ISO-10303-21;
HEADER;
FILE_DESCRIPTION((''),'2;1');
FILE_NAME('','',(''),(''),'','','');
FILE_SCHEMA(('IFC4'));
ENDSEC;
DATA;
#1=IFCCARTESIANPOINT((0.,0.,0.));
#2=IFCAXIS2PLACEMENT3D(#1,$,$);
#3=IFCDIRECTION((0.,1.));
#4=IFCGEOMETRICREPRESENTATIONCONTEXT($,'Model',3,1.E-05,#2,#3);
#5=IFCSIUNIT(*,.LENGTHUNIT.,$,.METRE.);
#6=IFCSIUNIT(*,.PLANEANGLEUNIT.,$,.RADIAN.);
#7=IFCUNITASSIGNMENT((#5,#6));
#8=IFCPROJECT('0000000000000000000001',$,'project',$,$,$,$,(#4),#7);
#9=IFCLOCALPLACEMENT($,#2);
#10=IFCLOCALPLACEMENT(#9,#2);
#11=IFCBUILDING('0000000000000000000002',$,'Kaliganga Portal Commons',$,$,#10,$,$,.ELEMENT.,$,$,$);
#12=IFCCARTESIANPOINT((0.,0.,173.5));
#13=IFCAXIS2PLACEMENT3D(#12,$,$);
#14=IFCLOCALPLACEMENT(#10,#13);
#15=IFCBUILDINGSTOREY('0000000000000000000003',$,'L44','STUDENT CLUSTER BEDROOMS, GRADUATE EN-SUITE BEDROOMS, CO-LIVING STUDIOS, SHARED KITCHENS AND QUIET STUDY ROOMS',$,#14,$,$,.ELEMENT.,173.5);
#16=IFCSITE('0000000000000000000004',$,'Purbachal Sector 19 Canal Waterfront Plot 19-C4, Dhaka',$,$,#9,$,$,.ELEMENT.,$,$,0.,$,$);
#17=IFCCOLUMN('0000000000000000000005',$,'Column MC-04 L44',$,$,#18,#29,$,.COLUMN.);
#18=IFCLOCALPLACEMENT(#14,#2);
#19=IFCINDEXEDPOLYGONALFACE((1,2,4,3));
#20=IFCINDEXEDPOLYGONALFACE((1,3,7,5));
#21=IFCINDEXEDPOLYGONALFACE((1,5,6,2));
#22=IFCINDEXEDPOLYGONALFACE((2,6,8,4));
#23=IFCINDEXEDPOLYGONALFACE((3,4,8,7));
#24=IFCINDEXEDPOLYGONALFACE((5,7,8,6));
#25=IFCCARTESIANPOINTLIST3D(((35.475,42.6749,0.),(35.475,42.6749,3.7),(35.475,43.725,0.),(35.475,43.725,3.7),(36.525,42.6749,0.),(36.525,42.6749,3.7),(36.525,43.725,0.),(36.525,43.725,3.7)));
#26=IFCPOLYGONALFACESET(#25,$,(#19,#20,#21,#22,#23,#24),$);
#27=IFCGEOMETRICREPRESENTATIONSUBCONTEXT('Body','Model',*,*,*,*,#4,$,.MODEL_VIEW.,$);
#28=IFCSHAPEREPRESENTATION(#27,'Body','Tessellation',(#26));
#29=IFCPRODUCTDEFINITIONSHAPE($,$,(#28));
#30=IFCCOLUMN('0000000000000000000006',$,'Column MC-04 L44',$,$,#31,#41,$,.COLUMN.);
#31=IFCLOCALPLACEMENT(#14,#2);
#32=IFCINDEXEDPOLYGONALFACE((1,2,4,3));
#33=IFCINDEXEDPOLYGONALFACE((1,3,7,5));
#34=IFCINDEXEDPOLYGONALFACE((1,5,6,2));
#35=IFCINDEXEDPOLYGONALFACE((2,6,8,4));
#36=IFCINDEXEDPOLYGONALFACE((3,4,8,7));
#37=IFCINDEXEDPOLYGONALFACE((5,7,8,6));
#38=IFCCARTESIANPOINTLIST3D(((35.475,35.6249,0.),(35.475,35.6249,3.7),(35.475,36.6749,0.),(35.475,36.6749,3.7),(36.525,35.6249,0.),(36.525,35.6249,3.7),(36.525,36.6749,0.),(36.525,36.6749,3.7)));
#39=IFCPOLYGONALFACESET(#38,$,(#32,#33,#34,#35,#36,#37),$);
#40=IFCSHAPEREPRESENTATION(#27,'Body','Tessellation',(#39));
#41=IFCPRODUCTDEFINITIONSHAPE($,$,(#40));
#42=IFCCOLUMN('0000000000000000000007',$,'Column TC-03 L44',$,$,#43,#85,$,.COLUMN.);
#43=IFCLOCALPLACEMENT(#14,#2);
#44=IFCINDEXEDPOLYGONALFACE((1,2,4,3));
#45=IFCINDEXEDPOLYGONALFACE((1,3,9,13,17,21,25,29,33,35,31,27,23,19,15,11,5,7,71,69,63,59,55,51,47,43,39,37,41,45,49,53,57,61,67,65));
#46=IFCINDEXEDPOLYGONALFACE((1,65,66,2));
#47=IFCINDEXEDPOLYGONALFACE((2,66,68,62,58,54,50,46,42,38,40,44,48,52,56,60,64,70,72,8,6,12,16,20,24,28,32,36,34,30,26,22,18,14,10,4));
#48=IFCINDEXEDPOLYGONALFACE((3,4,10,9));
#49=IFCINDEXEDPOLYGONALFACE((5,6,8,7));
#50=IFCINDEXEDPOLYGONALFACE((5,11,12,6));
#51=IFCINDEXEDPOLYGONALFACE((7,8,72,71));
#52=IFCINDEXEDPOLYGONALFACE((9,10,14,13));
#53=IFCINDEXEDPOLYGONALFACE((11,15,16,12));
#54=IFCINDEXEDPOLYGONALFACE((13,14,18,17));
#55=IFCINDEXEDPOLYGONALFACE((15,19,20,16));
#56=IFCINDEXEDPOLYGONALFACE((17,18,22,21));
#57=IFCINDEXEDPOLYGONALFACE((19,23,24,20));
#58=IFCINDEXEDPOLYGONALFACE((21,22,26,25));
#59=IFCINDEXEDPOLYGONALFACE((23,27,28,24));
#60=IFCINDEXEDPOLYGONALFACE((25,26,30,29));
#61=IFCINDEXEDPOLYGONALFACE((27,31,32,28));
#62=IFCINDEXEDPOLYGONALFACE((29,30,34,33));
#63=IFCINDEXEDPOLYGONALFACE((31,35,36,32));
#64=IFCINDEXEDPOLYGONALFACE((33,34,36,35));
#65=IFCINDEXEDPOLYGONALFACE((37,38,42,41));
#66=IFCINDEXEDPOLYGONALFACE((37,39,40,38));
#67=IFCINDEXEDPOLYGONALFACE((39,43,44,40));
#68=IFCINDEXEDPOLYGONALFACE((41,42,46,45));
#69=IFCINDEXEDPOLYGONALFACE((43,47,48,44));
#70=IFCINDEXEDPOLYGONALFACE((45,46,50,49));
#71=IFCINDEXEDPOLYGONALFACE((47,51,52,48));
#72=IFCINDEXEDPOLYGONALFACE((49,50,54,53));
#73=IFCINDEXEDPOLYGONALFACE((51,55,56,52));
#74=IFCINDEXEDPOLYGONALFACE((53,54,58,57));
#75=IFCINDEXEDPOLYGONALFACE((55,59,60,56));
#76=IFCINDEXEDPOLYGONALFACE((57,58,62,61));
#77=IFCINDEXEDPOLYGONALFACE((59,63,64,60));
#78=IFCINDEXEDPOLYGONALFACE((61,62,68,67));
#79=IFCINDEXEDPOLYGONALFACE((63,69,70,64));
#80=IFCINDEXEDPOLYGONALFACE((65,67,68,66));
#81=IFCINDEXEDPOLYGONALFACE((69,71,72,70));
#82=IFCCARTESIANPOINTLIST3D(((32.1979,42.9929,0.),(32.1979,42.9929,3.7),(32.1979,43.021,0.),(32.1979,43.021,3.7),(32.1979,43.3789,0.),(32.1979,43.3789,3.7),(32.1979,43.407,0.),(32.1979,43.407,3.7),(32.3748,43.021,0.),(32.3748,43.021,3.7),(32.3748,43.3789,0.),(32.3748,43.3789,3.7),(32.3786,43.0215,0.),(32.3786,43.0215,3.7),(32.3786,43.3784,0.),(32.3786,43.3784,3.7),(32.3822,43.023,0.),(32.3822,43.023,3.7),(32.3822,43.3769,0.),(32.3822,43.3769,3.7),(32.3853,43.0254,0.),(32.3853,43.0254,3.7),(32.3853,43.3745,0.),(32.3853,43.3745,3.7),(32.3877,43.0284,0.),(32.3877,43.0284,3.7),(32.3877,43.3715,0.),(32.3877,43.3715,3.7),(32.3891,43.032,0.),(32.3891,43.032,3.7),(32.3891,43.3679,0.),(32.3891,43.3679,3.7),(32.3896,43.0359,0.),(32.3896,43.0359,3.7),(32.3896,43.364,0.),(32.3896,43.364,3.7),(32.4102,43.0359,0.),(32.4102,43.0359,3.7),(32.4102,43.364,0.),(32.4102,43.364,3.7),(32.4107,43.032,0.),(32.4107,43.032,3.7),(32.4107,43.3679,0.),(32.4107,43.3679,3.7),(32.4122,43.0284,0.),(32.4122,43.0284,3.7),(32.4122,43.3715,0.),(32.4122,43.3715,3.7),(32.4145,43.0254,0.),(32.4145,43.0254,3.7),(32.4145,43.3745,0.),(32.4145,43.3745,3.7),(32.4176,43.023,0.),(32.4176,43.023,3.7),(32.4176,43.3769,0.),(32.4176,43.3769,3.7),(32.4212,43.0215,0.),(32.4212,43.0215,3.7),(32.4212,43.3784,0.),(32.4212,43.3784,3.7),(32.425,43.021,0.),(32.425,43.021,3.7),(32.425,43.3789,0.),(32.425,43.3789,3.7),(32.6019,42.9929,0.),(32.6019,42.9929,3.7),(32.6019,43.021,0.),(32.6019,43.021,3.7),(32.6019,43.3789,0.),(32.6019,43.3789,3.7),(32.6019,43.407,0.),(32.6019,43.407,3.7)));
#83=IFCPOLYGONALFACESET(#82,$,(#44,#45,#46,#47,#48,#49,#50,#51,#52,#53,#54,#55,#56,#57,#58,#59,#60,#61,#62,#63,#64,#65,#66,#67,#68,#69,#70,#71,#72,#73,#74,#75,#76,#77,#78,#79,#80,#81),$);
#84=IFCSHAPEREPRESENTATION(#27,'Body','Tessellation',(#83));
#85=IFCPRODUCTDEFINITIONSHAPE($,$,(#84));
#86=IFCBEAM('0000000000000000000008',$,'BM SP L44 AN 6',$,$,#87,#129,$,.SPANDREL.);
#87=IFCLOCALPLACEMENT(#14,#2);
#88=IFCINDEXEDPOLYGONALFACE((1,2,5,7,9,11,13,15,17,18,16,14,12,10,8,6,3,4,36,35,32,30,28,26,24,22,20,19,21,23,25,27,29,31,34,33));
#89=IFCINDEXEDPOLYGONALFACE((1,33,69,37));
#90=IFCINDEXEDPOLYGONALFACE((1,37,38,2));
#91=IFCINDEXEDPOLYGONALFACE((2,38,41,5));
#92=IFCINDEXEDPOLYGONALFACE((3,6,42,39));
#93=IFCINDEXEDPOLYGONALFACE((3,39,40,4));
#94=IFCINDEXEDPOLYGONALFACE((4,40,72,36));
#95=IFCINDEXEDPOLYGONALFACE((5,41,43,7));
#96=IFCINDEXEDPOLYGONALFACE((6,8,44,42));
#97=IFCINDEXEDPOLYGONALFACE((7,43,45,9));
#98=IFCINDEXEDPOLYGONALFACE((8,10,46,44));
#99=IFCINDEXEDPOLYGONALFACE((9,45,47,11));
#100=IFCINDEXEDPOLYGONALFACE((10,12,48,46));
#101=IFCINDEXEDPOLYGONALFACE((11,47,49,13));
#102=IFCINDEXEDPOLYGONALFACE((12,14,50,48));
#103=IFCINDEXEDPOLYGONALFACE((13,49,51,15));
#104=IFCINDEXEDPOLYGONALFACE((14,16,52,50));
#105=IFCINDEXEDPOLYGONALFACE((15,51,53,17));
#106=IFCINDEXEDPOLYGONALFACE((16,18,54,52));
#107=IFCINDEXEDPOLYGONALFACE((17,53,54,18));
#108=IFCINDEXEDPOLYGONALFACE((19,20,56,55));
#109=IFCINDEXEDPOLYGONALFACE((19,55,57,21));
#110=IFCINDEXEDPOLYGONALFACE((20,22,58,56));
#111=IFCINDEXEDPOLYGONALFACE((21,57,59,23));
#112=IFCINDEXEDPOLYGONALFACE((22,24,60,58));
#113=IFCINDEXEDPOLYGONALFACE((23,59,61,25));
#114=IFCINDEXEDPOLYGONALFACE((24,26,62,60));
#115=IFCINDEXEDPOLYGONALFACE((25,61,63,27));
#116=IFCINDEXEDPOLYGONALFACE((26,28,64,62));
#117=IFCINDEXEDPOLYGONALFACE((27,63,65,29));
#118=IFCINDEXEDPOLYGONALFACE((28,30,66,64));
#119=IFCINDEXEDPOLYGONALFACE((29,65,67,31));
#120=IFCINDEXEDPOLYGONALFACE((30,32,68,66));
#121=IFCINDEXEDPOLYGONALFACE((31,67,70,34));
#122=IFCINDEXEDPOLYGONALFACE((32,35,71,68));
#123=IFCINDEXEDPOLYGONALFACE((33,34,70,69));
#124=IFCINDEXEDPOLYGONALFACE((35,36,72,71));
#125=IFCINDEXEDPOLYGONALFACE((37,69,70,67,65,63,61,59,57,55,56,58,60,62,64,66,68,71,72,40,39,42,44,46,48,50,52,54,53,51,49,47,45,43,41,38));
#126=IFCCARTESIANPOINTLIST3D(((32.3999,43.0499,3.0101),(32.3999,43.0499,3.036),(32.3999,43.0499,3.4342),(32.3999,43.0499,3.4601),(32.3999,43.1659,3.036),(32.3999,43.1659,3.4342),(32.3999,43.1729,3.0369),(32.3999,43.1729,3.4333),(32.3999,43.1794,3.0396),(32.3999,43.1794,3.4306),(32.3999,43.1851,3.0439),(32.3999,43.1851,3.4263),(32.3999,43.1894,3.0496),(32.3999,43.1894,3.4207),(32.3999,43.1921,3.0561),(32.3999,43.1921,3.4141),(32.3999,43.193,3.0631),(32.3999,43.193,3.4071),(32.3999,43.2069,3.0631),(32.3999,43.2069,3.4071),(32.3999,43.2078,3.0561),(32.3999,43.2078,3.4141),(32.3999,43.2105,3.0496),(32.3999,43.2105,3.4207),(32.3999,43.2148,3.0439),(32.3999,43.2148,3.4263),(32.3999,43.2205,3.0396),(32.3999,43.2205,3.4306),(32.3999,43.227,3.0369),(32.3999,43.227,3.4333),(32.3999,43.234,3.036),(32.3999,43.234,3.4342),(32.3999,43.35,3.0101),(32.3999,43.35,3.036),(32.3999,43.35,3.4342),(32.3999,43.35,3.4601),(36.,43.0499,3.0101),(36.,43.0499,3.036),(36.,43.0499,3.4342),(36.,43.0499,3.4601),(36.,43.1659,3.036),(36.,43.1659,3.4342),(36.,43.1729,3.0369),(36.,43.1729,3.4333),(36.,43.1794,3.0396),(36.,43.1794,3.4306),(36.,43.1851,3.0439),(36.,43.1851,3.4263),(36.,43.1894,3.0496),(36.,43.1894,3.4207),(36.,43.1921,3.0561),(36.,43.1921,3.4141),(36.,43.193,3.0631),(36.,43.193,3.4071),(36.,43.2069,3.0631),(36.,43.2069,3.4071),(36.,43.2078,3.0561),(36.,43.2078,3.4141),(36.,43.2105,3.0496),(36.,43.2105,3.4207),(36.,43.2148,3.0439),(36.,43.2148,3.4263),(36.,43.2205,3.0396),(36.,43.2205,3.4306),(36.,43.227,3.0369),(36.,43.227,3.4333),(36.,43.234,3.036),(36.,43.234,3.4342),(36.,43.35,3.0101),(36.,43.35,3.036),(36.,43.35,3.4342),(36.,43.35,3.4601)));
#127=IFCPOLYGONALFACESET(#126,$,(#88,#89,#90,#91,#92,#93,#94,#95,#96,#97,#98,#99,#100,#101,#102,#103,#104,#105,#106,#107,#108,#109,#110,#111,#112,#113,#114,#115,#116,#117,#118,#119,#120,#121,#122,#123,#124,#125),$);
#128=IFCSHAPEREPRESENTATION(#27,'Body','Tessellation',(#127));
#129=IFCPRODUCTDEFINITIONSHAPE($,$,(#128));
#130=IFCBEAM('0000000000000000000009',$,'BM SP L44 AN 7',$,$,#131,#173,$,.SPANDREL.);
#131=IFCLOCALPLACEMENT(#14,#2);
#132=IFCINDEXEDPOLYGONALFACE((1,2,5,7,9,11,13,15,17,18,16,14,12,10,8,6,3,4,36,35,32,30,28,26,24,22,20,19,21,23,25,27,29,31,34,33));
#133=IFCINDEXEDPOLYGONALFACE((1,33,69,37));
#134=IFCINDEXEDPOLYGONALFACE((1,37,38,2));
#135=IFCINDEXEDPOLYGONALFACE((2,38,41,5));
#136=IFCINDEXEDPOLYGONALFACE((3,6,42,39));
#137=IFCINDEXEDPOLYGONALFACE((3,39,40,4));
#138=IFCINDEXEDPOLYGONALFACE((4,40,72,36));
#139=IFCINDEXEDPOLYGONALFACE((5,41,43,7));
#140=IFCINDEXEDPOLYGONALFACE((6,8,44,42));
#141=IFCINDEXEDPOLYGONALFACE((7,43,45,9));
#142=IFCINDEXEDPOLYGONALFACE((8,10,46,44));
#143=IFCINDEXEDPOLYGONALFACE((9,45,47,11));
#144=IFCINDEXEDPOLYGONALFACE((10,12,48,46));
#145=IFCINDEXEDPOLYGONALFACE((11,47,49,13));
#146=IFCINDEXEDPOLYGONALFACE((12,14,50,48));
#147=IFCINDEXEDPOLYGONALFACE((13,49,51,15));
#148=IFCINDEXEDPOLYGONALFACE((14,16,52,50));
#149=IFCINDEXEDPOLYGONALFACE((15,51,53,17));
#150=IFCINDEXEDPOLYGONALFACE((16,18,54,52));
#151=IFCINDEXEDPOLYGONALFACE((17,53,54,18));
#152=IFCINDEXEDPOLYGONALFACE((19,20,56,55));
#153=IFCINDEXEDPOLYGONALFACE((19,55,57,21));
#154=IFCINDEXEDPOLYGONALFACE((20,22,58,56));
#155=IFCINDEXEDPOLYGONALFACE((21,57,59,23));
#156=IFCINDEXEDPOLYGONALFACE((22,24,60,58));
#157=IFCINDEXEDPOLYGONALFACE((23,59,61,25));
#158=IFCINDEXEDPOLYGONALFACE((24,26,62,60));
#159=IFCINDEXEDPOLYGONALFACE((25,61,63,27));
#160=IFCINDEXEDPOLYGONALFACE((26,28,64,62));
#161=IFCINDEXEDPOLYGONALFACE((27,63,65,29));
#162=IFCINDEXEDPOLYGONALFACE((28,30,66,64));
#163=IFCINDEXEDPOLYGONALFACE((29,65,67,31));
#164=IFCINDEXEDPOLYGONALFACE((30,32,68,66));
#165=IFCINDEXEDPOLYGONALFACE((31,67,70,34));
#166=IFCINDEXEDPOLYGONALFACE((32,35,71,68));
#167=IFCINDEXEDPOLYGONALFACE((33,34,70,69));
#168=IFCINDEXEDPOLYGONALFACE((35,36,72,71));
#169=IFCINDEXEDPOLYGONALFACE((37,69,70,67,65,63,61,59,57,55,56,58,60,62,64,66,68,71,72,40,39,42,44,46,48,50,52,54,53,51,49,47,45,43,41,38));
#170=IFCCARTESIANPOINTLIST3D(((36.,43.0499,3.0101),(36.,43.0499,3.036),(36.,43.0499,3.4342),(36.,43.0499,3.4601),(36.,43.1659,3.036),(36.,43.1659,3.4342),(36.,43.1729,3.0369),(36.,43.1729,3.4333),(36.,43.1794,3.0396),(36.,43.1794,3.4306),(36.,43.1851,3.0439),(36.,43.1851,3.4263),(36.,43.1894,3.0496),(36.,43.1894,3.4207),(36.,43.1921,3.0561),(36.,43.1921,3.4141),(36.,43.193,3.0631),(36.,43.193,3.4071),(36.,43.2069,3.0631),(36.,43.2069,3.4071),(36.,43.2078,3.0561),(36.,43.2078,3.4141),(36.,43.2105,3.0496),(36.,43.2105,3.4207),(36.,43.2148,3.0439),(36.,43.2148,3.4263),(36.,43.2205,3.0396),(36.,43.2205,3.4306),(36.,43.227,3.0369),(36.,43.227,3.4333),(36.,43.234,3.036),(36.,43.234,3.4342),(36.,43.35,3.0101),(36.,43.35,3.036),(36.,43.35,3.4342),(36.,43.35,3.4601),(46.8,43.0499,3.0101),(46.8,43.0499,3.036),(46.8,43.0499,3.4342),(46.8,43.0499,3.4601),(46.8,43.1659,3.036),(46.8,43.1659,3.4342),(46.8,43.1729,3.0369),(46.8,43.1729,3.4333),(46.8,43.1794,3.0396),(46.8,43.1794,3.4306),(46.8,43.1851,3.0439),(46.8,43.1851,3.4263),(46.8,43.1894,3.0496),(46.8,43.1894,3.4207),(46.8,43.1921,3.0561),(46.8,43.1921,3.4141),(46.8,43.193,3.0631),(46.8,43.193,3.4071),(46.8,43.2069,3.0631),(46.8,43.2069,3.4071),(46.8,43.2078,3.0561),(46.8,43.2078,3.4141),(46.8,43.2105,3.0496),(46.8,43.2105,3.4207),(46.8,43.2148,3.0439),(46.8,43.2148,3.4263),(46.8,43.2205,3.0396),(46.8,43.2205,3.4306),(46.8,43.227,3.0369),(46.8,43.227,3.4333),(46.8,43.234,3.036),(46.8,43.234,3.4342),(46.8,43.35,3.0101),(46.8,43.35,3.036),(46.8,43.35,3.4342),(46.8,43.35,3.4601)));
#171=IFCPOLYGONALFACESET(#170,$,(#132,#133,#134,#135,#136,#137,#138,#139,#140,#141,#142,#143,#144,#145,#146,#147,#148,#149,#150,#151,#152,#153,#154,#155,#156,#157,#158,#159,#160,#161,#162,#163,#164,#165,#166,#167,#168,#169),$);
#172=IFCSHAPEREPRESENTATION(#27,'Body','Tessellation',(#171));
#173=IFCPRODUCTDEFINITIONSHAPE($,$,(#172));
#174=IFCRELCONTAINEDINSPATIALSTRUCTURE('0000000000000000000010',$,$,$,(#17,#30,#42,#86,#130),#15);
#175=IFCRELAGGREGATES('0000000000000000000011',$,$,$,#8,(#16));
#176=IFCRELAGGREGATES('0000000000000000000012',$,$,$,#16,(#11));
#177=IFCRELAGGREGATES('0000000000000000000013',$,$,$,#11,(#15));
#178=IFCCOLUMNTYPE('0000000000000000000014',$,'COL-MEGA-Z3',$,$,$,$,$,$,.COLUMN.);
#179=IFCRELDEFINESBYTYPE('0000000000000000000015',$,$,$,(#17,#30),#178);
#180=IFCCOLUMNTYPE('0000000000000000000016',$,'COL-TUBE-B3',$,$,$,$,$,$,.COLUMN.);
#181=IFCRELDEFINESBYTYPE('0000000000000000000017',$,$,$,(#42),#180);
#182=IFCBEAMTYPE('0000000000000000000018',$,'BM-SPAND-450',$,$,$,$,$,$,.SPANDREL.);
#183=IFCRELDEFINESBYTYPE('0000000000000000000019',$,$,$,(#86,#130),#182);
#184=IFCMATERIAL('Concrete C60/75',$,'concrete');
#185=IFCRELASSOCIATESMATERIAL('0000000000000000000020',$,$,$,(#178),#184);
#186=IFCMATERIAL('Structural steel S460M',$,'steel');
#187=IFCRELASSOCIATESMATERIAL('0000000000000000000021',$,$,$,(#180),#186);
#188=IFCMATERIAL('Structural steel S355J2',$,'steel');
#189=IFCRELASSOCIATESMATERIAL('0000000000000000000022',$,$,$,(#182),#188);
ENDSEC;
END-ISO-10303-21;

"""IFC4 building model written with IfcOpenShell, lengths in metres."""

from ifc_helpers import new_model, si_unit, direction, frame, origin, origin_2d, place, context, subcontext, project, spatial, rectangle, i_section, extrude, source, transform, mapped, material, material_profile, profile_set, type_object, element, save


model = new_model("IFC4")

# Units and contexts
model_context = context("Model", 3, precision=1e-05, world=origin(), true_north=direction((0.0, 1.0)))
body_context = subcontext(model_context, "Body", "Model", "MODEL_VIEW")
ifc_project = project(units=[si_unit("LENGTHUNIT", "METRE"), si_unit("PLANEANGLEUNIT", "RADIAN")], contexts=[model_context])

# Site, building, storey
site_placement = place(None, origin())
site = spatial("IfcSite", under=ifc_project, at=site_placement, Name="Purbachal Sector 19 Canal Waterfront Plot 19-C4, Dhaka", CompositionType="ELEMENT", RefElevation=0.0)
building_placement = place(site_placement, origin())
building = spatial("IfcBuilding", under=site, at=building_placement, Name="Kaliganga Portal Commons", CompositionType="ELEMENT")
storey_placement = place(building_placement, frame((0.0, 0.0, 173.5)))
storey = spatial("IfcBuildingStorey", under=building, at=storey_placement, Name="L44", Description="STUDENT CLUSTER BEDROOMS, GRADUATE EN-SUITE BEDROOMS, CO-LIVING STUDIOS, SHARED KITCHENS AND QUIET STUDY ROOMS", CompositionType="ELEMENT", Elevation=173.5)

# Columns
ifc_material_1 = material(Name="Concrete C60/75", Category="concrete")
ifc_material_profile_1 = material_profile(ifc_material_1, rectangle(XDim=1.05, YDim=1.05, at=origin_2d()), Name="RC 1050x1050")
ifc_profile_set_1 = profile_set([ifc_material_profile_1], Name="Concrete C60/75")
column_type_1 = type_object("IfcColumnType", Name="COL-MEGA-Z3", PredefinedType="COLUMN", material=ifc_profile_set_1)
shared_shape_1 = source(origin(), body_context, "Body", "SweptSolid", [
    extrude(rectangle(XDim=1.05, YDim=1.05, at=origin_2d()), origin(), (0.0, 0.0, 1.0), 3.7),
])
for number, where, z_axis, x_axis, name in (
    (1, (36.0, 43.2, 0.0), (0.0, 0.0, 1.0), (1.0, 0.0, 0.0), "Column MC-04 L44"),
    (2, (36.0, 36.1499, 0.0), (0.0, 0.0, 1.0), (1.0, 0.0, 0.0), "Column MC-04 L44"),
):
    element("IfcColumn", number, at=place(storey_placement, frame(where, z_axis=z_axis, x_axis=x_axis)), inside=storey, type_object=column_type_1, Name=name, PredefinedType="COLUMN", context=body_context, shape_type="MappedRepresentation", body=[
        mapped(shared_shape_1, transform((0.0, 0.0, 0.0), x_axis=(1.0, 0.0, 0.0), y_axis=(0.0, 1.0, 0.0), z_axis=(0.0, 0.0, 1.0), scale=1.0)),
    ])
ifc_material_2 = material(Name="Structural steel S460M", Category="steel")
ifc_material_profile_2 = material_profile(ifc_material_2, i_section(OverallWidth=0.4041, OverallDepth=0.4141, WebThickness=0.0205, FlangeThickness=0.0281, FilletRadius=0.0149, at=origin_2d()), Name="HD 400x347")
ifc_profile_set_2 = profile_set([ifc_material_profile_2], Name="Structural steel S460M wide-flange")
column_type_2 = type_object("IfcColumnType", Name="COL-TUBE-B3", PredefinedType="COLUMN", material=ifc_profile_set_2)
shared_shape_2 = source(origin(), body_context, "Body", "SweptSolid", [
    extrude(i_section(OverallWidth=0.4041, OverallDepth=0.4141, WebThickness=0.0205, FlangeThickness=0.0281, FilletRadius=0.0149, at=origin_2d()), origin(), (0.0, 0.0, 1.0), 3.7),
])
column_placement = place(storey_placement, frame((32.3999, 43.2, 0.0), z_axis=(0.0, 0.0, 1.0), x_axis=(1.0, 0.0, 0.0)))
element("IfcColumn", 3, at=column_placement, inside=storey, type_object=column_type_2, Name="Column TC-03 L44", PredefinedType="COLUMN", context=body_context, shape_type="MappedRepresentation", body=[
    mapped(shared_shape_2, transform((0.0, 0.0, 0.0), x_axis=(1.0, 0.0, 0.0), y_axis=(0.0, 1.0, 0.0), z_axis=(0.0, 0.0, 1.0), scale=1.0)),
])

# Beams
ifc_material_3 = material(Name="Structural steel S355J2", Category="steel")
ifc_material_profile_3 = material_profile(ifc_material_3, i_section(OverallWidth=0.3, OverallDepth=0.45, WebThickness=0.0139, FlangeThickness=0.0259, FilletRadius=0.0271, at=origin_2d()), Name="HE 450 B")
ifc_profile_set_3 = profile_set([ifc_material_profile_3], Name="Structural steel S355J2 wide-flange")
beam_type_1 = type_object("IfcBeamType", Name="BM-SPAND-450", PredefinedType="SPANDREL", material=ifc_profile_set_3)
shared_shape_3 = source(origin(), body_context, "Body", "SweptSolid", [
    extrude(i_section(OverallWidth=0.3, OverallDepth=0.45, WebThickness=0.0139, FlangeThickness=0.0259, FilletRadius=0.0271, at=origin_2d()), origin(), (0.0, 0.0, 1.0), 3.6001),
])
beam_1_placement = place(storey_placement, frame((32.3999, 43.2, 3.2351), z_axis=(1.0, 0.0, 0.0), x_axis=(0.0, 1.0, 0.0)))
element("IfcBeam", 4, at=beam_1_placement, inside=storey, type_object=beam_type_1, Name="BM SP L44 AN 6", PredefinedType="SPANDREL", context=body_context, shape_type="MappedRepresentation", body=[
    mapped(shared_shape_3, transform((0.0, 0.0, 0.0), x_axis=(1.0, 0.0, 0.0), y_axis=(0.0, 1.0, 0.0), z_axis=(0.0, 0.0, 1.0), scale=1.0)),
])
shared_shape_4 = source(origin(), body_context, "Body", "SweptSolid", [
    extrude(i_section(OverallWidth=0.3, OverallDepth=0.45, WebThickness=0.0139, FlangeThickness=0.0259, FilletRadius=0.0271, at=origin_2d()), origin(), (0.0, 0.0, 1.0), 10.8),
])
beam_2_placement = place(storey_placement, frame((36.0, 43.2, 3.2351), z_axis=(1.0, 0.0, 0.0), x_axis=(0.0, 1.0, 0.0)))
element("IfcBeam", 5, at=beam_2_placement, inside=storey, type_object=beam_type_1, Name="BM SP L44 AN 7", PredefinedType="SPANDREL", context=body_context, shape_type="MappedRepresentation", body=[
    mapped(shared_shape_4, transform((0.0, 0.0, 0.0), x_axis=(1.0, 0.0, 0.0), y_axis=(0.0, 1.0, 0.0), z_axis=(0.0, 0.0, 1.0), scale=1.0)),
])

save(model, "model.ifc")
